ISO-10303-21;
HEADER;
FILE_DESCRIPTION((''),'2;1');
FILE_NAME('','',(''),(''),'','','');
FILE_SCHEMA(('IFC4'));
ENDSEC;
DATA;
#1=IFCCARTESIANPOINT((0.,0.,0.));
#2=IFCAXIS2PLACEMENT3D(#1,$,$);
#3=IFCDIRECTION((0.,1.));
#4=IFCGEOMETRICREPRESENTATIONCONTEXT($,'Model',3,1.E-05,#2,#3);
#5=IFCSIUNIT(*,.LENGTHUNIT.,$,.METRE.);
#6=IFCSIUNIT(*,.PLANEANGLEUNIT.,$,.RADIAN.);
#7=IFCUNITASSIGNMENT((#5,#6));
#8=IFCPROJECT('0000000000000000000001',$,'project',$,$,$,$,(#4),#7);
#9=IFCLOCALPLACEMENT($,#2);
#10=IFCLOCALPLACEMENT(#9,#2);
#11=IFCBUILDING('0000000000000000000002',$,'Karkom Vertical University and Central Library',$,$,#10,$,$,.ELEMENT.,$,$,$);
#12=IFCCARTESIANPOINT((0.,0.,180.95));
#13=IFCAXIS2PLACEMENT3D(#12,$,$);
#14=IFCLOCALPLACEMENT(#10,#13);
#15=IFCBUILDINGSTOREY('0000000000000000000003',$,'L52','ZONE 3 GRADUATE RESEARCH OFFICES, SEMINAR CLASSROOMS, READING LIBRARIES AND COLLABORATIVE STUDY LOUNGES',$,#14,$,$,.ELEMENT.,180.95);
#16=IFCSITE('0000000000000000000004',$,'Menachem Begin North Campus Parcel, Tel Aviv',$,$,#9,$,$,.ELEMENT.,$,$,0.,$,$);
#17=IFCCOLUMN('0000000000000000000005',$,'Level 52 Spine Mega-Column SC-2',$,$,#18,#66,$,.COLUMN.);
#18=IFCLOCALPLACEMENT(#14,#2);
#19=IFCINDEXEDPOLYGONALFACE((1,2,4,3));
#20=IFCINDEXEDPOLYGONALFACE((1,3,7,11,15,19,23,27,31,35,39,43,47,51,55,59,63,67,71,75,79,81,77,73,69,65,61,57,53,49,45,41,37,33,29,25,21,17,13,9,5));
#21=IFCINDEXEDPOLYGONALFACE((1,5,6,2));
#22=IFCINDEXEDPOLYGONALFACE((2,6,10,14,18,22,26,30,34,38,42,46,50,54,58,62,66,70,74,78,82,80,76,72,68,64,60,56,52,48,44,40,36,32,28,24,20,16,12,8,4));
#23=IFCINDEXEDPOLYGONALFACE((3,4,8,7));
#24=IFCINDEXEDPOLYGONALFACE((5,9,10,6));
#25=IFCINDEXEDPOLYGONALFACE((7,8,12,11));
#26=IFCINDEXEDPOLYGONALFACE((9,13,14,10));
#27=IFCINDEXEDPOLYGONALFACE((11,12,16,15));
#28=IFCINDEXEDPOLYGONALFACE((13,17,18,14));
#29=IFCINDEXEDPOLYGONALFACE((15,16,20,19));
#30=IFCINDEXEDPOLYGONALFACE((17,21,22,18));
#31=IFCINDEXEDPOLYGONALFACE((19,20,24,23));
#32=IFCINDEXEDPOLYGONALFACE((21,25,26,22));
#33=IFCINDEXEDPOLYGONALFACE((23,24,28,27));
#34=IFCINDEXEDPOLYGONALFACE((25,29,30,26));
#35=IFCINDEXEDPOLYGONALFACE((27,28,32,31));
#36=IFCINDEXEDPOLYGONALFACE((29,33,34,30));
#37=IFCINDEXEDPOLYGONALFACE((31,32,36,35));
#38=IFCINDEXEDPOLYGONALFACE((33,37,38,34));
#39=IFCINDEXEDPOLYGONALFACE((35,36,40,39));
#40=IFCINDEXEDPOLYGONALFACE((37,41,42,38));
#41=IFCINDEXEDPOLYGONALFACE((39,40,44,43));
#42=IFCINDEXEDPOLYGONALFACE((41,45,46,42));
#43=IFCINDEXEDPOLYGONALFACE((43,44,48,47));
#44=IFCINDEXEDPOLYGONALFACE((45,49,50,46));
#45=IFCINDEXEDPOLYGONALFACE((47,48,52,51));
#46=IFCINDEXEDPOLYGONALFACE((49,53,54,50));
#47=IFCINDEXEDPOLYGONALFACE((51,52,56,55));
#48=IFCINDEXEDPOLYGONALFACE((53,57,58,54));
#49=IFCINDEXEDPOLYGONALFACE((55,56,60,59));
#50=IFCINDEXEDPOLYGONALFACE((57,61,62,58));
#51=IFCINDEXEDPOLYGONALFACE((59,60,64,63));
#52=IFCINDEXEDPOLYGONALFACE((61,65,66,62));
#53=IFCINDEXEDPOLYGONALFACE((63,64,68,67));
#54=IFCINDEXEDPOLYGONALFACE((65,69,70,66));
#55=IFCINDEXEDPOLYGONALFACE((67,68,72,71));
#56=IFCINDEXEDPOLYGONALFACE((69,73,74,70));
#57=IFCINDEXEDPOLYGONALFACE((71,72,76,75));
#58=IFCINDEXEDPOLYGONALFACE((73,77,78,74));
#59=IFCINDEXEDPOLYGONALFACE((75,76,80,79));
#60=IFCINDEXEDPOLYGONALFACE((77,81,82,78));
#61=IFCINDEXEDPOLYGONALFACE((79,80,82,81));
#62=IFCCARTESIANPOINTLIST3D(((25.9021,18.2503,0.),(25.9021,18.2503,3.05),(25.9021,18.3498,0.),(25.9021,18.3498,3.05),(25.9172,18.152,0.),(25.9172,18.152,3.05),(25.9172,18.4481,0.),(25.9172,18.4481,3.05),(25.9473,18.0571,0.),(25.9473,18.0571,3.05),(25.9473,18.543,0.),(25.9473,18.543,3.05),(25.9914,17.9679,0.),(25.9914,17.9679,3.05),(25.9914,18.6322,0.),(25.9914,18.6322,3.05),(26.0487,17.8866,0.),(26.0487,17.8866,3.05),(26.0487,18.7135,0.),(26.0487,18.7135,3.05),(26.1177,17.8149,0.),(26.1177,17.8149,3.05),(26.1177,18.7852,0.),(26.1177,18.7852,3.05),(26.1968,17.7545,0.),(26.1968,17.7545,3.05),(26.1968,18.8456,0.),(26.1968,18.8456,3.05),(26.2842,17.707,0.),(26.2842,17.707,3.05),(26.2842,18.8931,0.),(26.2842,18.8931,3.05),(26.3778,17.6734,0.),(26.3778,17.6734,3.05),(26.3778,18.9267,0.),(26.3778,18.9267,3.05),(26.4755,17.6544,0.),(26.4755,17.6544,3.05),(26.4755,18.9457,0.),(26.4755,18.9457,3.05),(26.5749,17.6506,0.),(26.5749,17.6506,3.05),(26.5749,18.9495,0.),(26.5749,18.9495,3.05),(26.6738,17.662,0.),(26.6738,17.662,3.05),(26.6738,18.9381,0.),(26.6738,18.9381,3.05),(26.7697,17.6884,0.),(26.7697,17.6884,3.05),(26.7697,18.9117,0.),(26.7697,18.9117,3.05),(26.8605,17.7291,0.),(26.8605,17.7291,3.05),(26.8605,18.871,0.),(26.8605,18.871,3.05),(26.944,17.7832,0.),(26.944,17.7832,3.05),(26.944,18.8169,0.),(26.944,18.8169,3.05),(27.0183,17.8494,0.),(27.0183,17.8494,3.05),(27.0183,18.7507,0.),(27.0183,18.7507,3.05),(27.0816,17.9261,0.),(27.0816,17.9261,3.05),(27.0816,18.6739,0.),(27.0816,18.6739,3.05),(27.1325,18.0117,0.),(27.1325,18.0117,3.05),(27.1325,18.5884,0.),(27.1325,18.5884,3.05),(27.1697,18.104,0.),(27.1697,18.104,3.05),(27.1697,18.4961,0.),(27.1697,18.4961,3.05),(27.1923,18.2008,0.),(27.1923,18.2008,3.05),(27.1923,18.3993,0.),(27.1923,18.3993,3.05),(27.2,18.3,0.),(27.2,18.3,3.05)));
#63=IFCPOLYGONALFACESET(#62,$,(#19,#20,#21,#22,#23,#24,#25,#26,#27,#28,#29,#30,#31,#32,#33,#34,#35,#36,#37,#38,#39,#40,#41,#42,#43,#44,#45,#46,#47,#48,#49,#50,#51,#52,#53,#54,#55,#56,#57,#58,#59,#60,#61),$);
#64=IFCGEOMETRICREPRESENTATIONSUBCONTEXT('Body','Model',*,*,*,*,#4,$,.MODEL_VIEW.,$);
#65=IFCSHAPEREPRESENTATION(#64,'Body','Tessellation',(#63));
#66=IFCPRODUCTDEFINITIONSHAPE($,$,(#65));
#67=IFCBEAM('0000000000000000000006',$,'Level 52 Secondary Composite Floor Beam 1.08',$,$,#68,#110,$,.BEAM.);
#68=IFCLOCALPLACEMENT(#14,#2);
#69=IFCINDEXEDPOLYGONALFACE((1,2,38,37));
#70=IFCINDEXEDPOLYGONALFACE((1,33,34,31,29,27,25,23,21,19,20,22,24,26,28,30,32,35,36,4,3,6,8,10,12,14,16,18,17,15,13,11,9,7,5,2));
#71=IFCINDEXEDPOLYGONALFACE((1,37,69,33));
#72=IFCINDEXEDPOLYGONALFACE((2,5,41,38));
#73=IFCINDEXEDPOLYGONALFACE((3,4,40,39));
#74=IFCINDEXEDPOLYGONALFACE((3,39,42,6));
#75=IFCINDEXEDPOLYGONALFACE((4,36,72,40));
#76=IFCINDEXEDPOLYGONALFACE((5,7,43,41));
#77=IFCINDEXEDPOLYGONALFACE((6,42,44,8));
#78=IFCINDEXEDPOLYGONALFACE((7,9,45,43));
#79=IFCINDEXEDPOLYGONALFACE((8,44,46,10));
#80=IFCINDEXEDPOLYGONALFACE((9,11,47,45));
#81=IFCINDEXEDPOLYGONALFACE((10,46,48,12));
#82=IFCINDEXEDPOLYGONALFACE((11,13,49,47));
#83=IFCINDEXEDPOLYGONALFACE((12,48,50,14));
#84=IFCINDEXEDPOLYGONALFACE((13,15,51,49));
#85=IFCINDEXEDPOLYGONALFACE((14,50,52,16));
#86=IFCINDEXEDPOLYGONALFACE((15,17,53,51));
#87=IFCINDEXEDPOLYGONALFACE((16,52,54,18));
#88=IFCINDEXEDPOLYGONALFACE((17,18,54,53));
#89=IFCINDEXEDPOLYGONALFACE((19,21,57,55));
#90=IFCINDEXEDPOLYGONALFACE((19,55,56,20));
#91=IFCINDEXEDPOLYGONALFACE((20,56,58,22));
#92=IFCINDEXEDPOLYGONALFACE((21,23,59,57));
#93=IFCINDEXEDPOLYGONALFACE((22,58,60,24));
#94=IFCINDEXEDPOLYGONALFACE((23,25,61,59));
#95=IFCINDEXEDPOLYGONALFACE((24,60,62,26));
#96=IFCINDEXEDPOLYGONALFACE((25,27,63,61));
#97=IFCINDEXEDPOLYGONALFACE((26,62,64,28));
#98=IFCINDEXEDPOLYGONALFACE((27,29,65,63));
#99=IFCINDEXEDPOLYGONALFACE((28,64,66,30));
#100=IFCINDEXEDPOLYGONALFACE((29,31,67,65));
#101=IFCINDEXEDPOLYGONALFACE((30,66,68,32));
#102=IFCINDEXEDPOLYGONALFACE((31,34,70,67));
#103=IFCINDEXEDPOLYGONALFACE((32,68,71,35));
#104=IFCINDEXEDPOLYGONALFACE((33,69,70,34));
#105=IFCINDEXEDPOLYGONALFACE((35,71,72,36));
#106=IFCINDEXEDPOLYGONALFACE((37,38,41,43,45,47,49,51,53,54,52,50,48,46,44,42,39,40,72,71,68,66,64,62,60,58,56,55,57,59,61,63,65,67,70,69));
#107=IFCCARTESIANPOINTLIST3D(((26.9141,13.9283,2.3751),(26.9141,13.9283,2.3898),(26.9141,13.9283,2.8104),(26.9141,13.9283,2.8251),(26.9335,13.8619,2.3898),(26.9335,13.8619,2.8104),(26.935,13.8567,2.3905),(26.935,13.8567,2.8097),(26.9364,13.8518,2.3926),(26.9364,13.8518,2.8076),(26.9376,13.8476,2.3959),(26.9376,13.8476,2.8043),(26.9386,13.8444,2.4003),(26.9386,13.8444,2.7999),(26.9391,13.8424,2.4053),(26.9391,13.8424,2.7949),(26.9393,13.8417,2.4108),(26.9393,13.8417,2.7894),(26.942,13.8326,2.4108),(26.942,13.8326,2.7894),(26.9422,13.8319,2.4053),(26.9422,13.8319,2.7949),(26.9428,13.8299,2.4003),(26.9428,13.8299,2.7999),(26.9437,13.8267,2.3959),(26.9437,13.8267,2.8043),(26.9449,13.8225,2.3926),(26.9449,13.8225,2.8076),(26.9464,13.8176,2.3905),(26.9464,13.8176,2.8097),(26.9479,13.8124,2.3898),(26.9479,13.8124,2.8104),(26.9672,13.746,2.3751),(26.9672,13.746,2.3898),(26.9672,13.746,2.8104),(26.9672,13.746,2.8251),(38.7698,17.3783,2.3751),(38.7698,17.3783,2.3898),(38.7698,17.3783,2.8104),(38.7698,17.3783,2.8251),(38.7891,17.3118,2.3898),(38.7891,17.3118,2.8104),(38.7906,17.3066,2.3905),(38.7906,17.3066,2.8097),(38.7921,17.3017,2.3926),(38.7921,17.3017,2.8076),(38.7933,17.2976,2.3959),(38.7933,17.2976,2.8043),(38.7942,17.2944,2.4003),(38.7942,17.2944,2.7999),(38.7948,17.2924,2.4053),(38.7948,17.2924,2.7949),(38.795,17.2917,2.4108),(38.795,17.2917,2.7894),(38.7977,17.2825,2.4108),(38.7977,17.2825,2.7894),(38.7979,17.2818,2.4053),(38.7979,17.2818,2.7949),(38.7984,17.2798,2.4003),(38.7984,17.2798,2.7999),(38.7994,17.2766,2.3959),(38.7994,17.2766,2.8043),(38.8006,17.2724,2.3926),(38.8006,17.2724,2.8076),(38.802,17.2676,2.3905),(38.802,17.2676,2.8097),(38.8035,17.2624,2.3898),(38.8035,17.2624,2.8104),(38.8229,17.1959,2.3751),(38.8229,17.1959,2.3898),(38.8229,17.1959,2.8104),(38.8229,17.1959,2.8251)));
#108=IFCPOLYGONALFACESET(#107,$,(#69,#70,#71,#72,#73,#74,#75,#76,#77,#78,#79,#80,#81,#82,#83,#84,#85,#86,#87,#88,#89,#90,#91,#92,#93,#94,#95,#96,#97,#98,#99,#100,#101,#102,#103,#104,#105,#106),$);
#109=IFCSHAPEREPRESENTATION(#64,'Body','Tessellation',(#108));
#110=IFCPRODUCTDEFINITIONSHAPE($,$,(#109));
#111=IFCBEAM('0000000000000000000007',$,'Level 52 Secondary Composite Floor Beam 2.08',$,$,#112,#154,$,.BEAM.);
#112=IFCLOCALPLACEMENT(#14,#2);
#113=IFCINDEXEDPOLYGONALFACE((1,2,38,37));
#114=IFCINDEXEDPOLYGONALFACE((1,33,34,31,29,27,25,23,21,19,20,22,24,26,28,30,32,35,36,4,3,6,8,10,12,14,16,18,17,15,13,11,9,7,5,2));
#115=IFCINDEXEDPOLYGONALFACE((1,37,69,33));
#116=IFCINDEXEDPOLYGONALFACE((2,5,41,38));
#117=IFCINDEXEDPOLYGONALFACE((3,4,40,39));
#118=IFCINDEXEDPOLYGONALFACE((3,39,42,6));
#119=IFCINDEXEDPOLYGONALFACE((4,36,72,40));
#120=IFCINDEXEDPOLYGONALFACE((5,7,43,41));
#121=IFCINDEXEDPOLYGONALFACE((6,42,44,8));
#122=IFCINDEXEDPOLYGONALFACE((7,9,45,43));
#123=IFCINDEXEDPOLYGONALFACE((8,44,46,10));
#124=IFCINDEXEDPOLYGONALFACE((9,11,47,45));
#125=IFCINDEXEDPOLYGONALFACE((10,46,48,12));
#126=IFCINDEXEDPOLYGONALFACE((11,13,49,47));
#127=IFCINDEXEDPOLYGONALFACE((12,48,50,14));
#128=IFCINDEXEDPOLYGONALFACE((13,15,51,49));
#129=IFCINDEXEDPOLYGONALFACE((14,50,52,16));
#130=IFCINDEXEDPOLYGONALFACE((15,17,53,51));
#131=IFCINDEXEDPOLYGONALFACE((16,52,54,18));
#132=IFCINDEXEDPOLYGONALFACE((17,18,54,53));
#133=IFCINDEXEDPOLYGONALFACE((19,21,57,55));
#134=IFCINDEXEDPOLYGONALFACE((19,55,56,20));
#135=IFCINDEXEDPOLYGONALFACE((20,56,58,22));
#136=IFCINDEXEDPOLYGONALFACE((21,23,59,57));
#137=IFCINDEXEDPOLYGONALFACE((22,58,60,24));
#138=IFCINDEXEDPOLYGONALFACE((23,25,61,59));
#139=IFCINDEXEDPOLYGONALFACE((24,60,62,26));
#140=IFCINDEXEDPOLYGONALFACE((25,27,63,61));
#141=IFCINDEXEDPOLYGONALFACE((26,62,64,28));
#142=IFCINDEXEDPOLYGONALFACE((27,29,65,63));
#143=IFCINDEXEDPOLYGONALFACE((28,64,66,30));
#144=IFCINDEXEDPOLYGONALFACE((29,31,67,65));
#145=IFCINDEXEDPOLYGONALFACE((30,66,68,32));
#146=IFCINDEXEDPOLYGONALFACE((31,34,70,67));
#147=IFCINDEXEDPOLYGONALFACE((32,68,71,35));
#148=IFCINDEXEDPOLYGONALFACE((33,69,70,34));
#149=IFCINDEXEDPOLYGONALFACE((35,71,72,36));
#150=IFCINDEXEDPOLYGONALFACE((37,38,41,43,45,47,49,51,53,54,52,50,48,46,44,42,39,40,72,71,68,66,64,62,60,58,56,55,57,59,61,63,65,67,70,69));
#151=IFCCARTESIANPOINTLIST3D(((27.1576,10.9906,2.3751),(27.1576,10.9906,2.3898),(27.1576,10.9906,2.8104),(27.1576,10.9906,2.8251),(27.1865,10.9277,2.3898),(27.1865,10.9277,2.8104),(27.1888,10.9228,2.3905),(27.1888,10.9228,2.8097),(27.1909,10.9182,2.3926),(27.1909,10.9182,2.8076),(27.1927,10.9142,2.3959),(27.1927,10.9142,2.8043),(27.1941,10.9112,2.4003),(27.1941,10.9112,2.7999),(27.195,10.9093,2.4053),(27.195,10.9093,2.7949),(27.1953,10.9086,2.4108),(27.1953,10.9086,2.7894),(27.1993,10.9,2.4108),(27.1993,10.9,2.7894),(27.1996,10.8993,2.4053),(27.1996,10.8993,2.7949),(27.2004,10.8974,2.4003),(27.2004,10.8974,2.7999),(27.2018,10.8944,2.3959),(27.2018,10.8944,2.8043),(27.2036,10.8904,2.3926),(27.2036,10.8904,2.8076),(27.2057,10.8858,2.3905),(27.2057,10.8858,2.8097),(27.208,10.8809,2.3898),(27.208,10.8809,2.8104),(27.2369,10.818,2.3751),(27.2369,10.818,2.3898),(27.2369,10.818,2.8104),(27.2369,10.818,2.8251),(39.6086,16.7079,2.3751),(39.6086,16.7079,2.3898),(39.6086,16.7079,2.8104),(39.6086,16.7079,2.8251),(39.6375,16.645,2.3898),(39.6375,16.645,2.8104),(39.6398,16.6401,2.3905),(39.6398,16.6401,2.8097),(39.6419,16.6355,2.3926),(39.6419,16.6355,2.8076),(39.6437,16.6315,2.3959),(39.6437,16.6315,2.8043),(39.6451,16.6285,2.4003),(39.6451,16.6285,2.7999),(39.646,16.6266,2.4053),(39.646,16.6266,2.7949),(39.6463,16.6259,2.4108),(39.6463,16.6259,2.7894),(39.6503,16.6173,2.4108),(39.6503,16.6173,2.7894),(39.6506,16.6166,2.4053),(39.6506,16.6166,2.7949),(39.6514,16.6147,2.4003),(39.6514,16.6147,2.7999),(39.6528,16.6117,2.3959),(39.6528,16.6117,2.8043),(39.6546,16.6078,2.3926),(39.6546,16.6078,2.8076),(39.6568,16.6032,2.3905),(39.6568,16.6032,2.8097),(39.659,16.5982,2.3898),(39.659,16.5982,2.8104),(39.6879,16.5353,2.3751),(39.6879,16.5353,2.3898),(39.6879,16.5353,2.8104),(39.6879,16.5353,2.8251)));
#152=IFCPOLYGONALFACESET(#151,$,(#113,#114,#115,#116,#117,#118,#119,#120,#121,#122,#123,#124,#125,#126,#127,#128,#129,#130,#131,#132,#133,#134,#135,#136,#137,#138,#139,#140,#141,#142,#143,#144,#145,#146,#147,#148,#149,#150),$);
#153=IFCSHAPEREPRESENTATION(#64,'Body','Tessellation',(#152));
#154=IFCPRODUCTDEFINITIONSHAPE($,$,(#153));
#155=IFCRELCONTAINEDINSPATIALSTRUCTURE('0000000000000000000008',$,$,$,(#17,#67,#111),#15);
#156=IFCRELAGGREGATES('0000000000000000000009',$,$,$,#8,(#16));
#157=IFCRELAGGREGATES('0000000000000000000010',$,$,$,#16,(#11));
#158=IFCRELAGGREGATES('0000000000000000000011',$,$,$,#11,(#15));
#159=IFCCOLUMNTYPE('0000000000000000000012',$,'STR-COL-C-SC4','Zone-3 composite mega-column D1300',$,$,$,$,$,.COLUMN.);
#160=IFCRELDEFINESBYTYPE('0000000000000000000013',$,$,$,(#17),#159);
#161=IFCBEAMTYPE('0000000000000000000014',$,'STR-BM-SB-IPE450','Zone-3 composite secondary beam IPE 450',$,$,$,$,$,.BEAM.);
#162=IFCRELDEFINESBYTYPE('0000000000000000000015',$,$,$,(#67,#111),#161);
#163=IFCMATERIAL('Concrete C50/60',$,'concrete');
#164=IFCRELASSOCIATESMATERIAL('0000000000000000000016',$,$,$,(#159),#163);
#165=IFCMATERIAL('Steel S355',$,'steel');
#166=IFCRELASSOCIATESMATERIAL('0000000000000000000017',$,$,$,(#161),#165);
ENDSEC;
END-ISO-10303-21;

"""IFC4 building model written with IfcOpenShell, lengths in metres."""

from ifc_helpers import new_model, si_unit, direction, frame, origin, origin_with_axes, origin_2d, place, context, subcontext, project, spatial, circle, i_section, extrude, source, transform, mapped, material, material_profile, profile_set, type_object, element, save


model = new_model("IFC4")

# Units and contexts
model_context = context("Model", 3, precision=1e-05, world=origin(), true_north=direction((0.0, 1.0)))
body_context = subcontext(model_context, "Body", "Model", "MODEL_VIEW")
ifc_project = project(units=[si_unit("LENGTHUNIT", "METRE"), si_unit("PLANEANGLEUNIT", "RADIAN")], contexts=[model_context])

# Site, building, storey
site_placement = place(None, origin())
site = spatial("IfcSite", under=ifc_project, at=site_placement, Name="Menachem Begin North Campus Parcel, Tel Aviv", CompositionType="ELEMENT", RefElevation=0.0)
building_placement = place(site_placement, origin())
building = spatial("IfcBuilding", under=site, at=building_placement, Name="Karkom Vertical University and Central Library", CompositionType="ELEMENT")
storey_placement = place(building_placement, frame((0.0, 0.0, 180.95)))
storey = spatial("IfcBuildingStorey", under=building, at=storey_placement, Name="L52", Description="ZONE 3 GRADUATE RESEARCH OFFICES, SEMINAR CLASSROOMS, READING LIBRARIES AND COLLABORATIVE STUDY LOUNGES", CompositionType="ELEMENT", Elevation=180.95)

# Column
ifc_material_1 = material(Name="Concrete C50/60", Category="concrete")
ifc_material_profile_1 = material_profile(ifc_material_1, circle(Radius=0.6499, at=origin_2d()), Name="CFT-D1300")
ifc_profile_set_1 = profile_set([ifc_material_profile_1], Name="Concrete C50/60")
column_type = type_object("IfcColumnType", Name="STR-COL-C-SC4", Description="Zone-3 composite mega-column D1300", PredefinedType="COLUMN", material=ifc_profile_set_1)
shared_shape_1 = source(origin_with_axes(), body_context, "Body", "SweptSolid", [
    extrude(circle(Radius=0.6499, at=origin_2d()), origin(), (0.0, 0.0, 1.0), 3.05),
])
column_placement = place(storey_placement, frame((26.55, 18.3, 0.0), z_axis=(0.0, 0.0, 1.0), x_axis=(1.0, 0.0, 0.0)))
element("IfcColumn", 1, at=column_placement, inside=storey, type_object=column_type, Name="Level 52 Spine Mega-Column SC-2", PredefinedType="COLUMN", context=body_context, shape_type="MappedRepresentation", body=[
    mapped(shared_shape_1, transform((0.0, 0.0, 0.0), scale=1.0)),
])

# Beams
ifc_material_2 = material(Name="Steel S355", Category="steel")
ifc_material_profile_2 = material_profile(ifc_material_2, i_section(OverallWidth=0.1899, OverallDepth=0.45, WebThickness=0.0095, FlangeThickness=0.0146, FilletRadius=0.021, at=origin_2d()), Name="IPE 450")
ifc_profile_set_2 = profile_set([ifc_material_profile_2], Name="Steel S355")
beam_type_1 = type_object("IfcBeamType", Name="STR-BM-SB-IPE450", Description="Zone-3 composite secondary beam IPE 450", PredefinedType="BEAM", material=ifc_profile_set_2)
shared_shape_2 = source(origin_with_axes(), body_context, "Body", "SweptSolid", [
    extrude(i_section(OverallWidth=0.1899, OverallDepth=0.45, WebThickness=0.0095, FlangeThickness=0.0146, FilletRadius=0.021, at=origin_2d()), origin(), (0.0, 0.0, 1.0), 12.3474),
])
beam_1_placement = place(storey_placement, frame((26.9407, 13.8372, 2.6001), z_axis=(0.960173, 0.279405, 0.0), x_axis=(-0.279405, 0.960173, 0.0)))
element("IfcBeam", 2, at=beam_1_placement, inside=storey, type_object=beam_type_1, Name="Level 52 Secondary Composite Floor Beam 1.08", PredefinedType="BEAM", context=body_context, shape_type="MappedRepresentation", body=[
    mapped(shared_shape_2, transform((0.0, 0.0, 0.0), scale=1.0)),
])
shared_shape_3 = source(origin_with_axes(), body_context, "Body", "SweptSolid", [
    extrude(i_section(OverallWidth=0.1899, OverallDepth=0.45, WebThickness=0.0095, FlangeThickness=0.0146, FilletRadius=0.021, at=origin_2d()), origin(), (0.0, 0.0, 1.0), 13.7009),
])
beam_2_placement = place(storey_placement, frame((27.1973, 10.9043, 2.6001), z_axis=(0.908771, 0.417295, 0.0), x_axis=(-0.417295, 0.908771, 0.0)))
element("IfcBeam", 3, at=beam_2_placement, inside=storey, type_object=beam_type_1, Name="Level 52 Secondary Composite Floor Beam 2.08", PredefinedType="BEAM", context=body_context, shape_type="MappedRepresentation", body=[
    mapped(shared_shape_3, transform((0.0, 0.0, 0.0), scale=1.0)),
])

save(model, "model.ifc")
